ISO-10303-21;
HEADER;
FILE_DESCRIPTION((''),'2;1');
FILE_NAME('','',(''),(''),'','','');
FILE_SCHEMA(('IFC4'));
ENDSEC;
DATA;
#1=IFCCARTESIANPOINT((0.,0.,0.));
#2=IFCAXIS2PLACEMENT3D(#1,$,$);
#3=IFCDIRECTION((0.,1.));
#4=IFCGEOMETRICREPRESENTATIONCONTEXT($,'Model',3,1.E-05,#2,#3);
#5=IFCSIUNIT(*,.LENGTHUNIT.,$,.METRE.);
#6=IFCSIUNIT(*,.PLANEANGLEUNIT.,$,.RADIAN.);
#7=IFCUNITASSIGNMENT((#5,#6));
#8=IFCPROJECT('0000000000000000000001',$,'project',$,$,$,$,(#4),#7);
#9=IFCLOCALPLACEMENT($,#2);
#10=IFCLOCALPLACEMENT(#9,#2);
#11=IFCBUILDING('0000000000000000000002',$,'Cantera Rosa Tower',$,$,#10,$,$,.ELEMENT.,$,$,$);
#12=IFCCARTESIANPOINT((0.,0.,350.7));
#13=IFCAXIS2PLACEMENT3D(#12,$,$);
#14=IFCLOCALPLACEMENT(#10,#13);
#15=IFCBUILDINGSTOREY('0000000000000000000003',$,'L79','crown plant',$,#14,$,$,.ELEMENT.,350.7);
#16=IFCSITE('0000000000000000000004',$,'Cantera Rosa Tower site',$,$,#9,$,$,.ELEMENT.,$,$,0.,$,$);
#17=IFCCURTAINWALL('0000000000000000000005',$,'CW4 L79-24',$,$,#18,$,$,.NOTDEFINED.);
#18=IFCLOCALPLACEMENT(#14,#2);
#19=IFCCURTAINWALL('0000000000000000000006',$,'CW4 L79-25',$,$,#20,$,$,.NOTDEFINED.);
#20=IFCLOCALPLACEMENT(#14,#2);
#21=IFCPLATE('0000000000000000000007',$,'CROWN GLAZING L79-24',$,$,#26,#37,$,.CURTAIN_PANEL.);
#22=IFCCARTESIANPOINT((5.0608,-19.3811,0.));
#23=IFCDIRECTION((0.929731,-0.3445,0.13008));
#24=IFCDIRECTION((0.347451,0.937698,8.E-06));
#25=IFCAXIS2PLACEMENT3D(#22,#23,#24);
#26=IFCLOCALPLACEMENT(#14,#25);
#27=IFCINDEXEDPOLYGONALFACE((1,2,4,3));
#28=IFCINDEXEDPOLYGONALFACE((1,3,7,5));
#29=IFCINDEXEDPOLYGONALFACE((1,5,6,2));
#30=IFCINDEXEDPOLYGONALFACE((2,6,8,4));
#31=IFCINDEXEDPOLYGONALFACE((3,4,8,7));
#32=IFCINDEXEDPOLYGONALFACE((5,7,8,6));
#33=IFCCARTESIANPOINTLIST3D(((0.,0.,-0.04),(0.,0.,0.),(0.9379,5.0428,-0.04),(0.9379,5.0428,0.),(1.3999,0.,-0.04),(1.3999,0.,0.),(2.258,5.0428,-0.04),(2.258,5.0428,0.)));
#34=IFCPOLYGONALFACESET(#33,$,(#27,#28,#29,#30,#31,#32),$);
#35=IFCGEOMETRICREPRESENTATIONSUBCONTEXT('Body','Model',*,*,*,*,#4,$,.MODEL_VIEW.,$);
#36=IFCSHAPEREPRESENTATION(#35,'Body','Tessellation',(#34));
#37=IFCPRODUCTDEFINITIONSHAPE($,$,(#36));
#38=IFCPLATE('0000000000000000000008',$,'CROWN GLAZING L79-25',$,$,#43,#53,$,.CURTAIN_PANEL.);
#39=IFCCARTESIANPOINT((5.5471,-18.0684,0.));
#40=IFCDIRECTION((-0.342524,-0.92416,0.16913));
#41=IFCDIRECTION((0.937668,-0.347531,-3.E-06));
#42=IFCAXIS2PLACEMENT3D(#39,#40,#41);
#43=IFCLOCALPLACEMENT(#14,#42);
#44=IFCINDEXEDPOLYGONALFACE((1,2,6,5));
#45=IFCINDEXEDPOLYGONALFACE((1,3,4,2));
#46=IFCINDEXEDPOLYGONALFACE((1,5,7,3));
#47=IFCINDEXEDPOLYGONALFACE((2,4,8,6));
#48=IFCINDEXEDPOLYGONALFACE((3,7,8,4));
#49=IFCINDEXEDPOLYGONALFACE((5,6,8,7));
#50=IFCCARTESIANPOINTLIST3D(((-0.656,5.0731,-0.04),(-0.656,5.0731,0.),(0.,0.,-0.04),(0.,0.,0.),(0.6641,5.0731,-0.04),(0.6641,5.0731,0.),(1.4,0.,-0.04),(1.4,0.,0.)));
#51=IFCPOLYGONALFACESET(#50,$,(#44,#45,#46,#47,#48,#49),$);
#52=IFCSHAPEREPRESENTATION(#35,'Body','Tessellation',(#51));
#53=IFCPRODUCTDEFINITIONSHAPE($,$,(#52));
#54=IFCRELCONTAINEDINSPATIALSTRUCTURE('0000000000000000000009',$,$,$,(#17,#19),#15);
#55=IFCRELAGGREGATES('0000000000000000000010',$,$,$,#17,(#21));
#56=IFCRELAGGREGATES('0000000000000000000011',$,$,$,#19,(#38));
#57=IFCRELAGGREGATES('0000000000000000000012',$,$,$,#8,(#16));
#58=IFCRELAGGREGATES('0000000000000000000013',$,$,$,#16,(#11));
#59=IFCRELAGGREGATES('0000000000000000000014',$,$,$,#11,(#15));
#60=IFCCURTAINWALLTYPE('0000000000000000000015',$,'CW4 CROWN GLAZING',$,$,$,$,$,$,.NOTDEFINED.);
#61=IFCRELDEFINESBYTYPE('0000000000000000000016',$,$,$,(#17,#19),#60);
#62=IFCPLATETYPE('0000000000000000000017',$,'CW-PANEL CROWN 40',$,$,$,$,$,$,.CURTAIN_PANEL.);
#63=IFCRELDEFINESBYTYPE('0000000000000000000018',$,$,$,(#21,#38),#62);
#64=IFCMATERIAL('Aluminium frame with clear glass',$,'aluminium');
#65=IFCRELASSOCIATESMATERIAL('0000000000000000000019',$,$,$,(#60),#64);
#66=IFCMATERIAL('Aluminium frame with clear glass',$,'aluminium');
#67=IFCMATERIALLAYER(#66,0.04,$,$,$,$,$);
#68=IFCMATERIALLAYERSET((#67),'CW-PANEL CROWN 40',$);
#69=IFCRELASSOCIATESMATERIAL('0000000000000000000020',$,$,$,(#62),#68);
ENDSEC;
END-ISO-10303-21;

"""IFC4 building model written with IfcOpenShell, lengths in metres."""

from ifc_helpers import new_model, si_unit, direction, frame, origin, place, context, subcontext, project, spatial, polyline, outline, extrude, material, layer, layer_set, type_object, element, aggregate, save


model = new_model("IFC4")

# Units and contexts
model_context = context("Model", 3, precision=1e-05, world=origin(), true_north=direction((0.0, 1.0)))
body_context = subcontext(model_context, "Body", "Model", "MODEL_VIEW")
ifc_project = project(units=[si_unit("LENGTHUNIT", "METRE"), si_unit("PLANEANGLEUNIT", "RADIAN")], contexts=[model_context])

# Site, building, storey
site_placement = place(None, origin())
site = spatial("IfcSite", under=ifc_project, at=site_placement, Name="Cantera Rosa Tower site", CompositionType="ELEMENT", RefElevation=0.0)
building_placement = place(site_placement, origin())
building = spatial("IfcBuilding", under=site, at=building_placement, Name="Cantera Rosa Tower", CompositionType="ELEMENT")
storey_placement = place(building_placement, frame((0.0, 0.0, 350.7)))
storey = spatial("IfcBuildingStorey", under=building, at=storey_placement, Name="L79", Description="crown plant", CompositionType="ELEMENT", Elevation=350.7)

# Curtain walls
ifc_material_1 = material(Name="Aluminium frame with clear glass", Category="aluminium")
curtain_wall_type = type_object("IfcCurtainWallType", Name="CW4 CROWN GLAZING", PredefinedType="NOTDEFINED", material=ifc_material_1)
curtain_wall_1_placement = place(storey_placement, origin())
curtain_wall_1 = element("IfcCurtainWall", 1, at=curtain_wall_1_placement, inside=storey, type_object=curtain_wall_type, Name="CW4 L79-24", PredefinedType="NOTDEFINED")
curtain_wall_2_placement = place(storey_placement, origin())
curtain_wall_2 = element("IfcCurtainWall", 2, at=curtain_wall_2_placement, inside=storey, type_object=curtain_wall_type, Name="CW4 L79-25", PredefinedType="NOTDEFINED")

# Plates
ifc_material_2 = material(Name="Aluminium frame with clear glass", Category="aluminium")
ifc_layer_1 = layer(ifc_material_2, 0.04)
ifc_layer_set_1 = layer_set([ifc_layer_1], Name="CW-PANEL CROWN 40")
plate_type = type_object("IfcPlateType", Name="CW-PANEL CROWN 40", PredefinedType="CURTAIN_PANEL", material=ifc_layer_set_1)
plate_1_placement = place(storey_placement, frame((5.0608, -19.3811, 0.0), z_axis=(0.929731, -0.3445, 0.13008), x_axis=(0.347451, 0.937698, 0.000008)))
plate_1 = element("IfcPlate", 3, at=plate_1_placement, type_object=plate_type, Name="CROWN GLAZING L79-24", PredefinedType="CURTAIN_PANEL", context=body_context, shape_type="SweptSolid", body=[
    extrude(outline(polyline([(0.0, 0.0), (1.3999, 0.0), (2.258, 5.0428), (0.9379, 5.0428), (0.0, 0.0)])), origin(), (0.0, 0.0, -1.0), 0.04),
])
plate_2_placement = place(storey_placement, frame((5.5471, -18.0684, 0.0), z_axis=(-0.342524, -0.92416, 0.16913), x_axis=(0.937668, -0.347531, -0.000003)))
plate_2 = element("IfcPlate", 4, at=plate_2_placement, type_object=plate_type, Name="CROWN GLAZING L79-25", PredefinedType="CURTAIN_PANEL", context=body_context, shape_type="SweptSolid", body=[
    extrude(outline(polyline([(0.0, 0.0), (1.4, 0.0), (0.6641, 5.0731), (-0.656, 5.0731), (0.0, 0.0)])), origin(), (0.0, 0.0, -1.0), 0.04),
])

aggregate(curtain_wall_1, [plate_1])
aggregate(curtain_wall_2, [plate_2])

save(model, "model.ifc")
